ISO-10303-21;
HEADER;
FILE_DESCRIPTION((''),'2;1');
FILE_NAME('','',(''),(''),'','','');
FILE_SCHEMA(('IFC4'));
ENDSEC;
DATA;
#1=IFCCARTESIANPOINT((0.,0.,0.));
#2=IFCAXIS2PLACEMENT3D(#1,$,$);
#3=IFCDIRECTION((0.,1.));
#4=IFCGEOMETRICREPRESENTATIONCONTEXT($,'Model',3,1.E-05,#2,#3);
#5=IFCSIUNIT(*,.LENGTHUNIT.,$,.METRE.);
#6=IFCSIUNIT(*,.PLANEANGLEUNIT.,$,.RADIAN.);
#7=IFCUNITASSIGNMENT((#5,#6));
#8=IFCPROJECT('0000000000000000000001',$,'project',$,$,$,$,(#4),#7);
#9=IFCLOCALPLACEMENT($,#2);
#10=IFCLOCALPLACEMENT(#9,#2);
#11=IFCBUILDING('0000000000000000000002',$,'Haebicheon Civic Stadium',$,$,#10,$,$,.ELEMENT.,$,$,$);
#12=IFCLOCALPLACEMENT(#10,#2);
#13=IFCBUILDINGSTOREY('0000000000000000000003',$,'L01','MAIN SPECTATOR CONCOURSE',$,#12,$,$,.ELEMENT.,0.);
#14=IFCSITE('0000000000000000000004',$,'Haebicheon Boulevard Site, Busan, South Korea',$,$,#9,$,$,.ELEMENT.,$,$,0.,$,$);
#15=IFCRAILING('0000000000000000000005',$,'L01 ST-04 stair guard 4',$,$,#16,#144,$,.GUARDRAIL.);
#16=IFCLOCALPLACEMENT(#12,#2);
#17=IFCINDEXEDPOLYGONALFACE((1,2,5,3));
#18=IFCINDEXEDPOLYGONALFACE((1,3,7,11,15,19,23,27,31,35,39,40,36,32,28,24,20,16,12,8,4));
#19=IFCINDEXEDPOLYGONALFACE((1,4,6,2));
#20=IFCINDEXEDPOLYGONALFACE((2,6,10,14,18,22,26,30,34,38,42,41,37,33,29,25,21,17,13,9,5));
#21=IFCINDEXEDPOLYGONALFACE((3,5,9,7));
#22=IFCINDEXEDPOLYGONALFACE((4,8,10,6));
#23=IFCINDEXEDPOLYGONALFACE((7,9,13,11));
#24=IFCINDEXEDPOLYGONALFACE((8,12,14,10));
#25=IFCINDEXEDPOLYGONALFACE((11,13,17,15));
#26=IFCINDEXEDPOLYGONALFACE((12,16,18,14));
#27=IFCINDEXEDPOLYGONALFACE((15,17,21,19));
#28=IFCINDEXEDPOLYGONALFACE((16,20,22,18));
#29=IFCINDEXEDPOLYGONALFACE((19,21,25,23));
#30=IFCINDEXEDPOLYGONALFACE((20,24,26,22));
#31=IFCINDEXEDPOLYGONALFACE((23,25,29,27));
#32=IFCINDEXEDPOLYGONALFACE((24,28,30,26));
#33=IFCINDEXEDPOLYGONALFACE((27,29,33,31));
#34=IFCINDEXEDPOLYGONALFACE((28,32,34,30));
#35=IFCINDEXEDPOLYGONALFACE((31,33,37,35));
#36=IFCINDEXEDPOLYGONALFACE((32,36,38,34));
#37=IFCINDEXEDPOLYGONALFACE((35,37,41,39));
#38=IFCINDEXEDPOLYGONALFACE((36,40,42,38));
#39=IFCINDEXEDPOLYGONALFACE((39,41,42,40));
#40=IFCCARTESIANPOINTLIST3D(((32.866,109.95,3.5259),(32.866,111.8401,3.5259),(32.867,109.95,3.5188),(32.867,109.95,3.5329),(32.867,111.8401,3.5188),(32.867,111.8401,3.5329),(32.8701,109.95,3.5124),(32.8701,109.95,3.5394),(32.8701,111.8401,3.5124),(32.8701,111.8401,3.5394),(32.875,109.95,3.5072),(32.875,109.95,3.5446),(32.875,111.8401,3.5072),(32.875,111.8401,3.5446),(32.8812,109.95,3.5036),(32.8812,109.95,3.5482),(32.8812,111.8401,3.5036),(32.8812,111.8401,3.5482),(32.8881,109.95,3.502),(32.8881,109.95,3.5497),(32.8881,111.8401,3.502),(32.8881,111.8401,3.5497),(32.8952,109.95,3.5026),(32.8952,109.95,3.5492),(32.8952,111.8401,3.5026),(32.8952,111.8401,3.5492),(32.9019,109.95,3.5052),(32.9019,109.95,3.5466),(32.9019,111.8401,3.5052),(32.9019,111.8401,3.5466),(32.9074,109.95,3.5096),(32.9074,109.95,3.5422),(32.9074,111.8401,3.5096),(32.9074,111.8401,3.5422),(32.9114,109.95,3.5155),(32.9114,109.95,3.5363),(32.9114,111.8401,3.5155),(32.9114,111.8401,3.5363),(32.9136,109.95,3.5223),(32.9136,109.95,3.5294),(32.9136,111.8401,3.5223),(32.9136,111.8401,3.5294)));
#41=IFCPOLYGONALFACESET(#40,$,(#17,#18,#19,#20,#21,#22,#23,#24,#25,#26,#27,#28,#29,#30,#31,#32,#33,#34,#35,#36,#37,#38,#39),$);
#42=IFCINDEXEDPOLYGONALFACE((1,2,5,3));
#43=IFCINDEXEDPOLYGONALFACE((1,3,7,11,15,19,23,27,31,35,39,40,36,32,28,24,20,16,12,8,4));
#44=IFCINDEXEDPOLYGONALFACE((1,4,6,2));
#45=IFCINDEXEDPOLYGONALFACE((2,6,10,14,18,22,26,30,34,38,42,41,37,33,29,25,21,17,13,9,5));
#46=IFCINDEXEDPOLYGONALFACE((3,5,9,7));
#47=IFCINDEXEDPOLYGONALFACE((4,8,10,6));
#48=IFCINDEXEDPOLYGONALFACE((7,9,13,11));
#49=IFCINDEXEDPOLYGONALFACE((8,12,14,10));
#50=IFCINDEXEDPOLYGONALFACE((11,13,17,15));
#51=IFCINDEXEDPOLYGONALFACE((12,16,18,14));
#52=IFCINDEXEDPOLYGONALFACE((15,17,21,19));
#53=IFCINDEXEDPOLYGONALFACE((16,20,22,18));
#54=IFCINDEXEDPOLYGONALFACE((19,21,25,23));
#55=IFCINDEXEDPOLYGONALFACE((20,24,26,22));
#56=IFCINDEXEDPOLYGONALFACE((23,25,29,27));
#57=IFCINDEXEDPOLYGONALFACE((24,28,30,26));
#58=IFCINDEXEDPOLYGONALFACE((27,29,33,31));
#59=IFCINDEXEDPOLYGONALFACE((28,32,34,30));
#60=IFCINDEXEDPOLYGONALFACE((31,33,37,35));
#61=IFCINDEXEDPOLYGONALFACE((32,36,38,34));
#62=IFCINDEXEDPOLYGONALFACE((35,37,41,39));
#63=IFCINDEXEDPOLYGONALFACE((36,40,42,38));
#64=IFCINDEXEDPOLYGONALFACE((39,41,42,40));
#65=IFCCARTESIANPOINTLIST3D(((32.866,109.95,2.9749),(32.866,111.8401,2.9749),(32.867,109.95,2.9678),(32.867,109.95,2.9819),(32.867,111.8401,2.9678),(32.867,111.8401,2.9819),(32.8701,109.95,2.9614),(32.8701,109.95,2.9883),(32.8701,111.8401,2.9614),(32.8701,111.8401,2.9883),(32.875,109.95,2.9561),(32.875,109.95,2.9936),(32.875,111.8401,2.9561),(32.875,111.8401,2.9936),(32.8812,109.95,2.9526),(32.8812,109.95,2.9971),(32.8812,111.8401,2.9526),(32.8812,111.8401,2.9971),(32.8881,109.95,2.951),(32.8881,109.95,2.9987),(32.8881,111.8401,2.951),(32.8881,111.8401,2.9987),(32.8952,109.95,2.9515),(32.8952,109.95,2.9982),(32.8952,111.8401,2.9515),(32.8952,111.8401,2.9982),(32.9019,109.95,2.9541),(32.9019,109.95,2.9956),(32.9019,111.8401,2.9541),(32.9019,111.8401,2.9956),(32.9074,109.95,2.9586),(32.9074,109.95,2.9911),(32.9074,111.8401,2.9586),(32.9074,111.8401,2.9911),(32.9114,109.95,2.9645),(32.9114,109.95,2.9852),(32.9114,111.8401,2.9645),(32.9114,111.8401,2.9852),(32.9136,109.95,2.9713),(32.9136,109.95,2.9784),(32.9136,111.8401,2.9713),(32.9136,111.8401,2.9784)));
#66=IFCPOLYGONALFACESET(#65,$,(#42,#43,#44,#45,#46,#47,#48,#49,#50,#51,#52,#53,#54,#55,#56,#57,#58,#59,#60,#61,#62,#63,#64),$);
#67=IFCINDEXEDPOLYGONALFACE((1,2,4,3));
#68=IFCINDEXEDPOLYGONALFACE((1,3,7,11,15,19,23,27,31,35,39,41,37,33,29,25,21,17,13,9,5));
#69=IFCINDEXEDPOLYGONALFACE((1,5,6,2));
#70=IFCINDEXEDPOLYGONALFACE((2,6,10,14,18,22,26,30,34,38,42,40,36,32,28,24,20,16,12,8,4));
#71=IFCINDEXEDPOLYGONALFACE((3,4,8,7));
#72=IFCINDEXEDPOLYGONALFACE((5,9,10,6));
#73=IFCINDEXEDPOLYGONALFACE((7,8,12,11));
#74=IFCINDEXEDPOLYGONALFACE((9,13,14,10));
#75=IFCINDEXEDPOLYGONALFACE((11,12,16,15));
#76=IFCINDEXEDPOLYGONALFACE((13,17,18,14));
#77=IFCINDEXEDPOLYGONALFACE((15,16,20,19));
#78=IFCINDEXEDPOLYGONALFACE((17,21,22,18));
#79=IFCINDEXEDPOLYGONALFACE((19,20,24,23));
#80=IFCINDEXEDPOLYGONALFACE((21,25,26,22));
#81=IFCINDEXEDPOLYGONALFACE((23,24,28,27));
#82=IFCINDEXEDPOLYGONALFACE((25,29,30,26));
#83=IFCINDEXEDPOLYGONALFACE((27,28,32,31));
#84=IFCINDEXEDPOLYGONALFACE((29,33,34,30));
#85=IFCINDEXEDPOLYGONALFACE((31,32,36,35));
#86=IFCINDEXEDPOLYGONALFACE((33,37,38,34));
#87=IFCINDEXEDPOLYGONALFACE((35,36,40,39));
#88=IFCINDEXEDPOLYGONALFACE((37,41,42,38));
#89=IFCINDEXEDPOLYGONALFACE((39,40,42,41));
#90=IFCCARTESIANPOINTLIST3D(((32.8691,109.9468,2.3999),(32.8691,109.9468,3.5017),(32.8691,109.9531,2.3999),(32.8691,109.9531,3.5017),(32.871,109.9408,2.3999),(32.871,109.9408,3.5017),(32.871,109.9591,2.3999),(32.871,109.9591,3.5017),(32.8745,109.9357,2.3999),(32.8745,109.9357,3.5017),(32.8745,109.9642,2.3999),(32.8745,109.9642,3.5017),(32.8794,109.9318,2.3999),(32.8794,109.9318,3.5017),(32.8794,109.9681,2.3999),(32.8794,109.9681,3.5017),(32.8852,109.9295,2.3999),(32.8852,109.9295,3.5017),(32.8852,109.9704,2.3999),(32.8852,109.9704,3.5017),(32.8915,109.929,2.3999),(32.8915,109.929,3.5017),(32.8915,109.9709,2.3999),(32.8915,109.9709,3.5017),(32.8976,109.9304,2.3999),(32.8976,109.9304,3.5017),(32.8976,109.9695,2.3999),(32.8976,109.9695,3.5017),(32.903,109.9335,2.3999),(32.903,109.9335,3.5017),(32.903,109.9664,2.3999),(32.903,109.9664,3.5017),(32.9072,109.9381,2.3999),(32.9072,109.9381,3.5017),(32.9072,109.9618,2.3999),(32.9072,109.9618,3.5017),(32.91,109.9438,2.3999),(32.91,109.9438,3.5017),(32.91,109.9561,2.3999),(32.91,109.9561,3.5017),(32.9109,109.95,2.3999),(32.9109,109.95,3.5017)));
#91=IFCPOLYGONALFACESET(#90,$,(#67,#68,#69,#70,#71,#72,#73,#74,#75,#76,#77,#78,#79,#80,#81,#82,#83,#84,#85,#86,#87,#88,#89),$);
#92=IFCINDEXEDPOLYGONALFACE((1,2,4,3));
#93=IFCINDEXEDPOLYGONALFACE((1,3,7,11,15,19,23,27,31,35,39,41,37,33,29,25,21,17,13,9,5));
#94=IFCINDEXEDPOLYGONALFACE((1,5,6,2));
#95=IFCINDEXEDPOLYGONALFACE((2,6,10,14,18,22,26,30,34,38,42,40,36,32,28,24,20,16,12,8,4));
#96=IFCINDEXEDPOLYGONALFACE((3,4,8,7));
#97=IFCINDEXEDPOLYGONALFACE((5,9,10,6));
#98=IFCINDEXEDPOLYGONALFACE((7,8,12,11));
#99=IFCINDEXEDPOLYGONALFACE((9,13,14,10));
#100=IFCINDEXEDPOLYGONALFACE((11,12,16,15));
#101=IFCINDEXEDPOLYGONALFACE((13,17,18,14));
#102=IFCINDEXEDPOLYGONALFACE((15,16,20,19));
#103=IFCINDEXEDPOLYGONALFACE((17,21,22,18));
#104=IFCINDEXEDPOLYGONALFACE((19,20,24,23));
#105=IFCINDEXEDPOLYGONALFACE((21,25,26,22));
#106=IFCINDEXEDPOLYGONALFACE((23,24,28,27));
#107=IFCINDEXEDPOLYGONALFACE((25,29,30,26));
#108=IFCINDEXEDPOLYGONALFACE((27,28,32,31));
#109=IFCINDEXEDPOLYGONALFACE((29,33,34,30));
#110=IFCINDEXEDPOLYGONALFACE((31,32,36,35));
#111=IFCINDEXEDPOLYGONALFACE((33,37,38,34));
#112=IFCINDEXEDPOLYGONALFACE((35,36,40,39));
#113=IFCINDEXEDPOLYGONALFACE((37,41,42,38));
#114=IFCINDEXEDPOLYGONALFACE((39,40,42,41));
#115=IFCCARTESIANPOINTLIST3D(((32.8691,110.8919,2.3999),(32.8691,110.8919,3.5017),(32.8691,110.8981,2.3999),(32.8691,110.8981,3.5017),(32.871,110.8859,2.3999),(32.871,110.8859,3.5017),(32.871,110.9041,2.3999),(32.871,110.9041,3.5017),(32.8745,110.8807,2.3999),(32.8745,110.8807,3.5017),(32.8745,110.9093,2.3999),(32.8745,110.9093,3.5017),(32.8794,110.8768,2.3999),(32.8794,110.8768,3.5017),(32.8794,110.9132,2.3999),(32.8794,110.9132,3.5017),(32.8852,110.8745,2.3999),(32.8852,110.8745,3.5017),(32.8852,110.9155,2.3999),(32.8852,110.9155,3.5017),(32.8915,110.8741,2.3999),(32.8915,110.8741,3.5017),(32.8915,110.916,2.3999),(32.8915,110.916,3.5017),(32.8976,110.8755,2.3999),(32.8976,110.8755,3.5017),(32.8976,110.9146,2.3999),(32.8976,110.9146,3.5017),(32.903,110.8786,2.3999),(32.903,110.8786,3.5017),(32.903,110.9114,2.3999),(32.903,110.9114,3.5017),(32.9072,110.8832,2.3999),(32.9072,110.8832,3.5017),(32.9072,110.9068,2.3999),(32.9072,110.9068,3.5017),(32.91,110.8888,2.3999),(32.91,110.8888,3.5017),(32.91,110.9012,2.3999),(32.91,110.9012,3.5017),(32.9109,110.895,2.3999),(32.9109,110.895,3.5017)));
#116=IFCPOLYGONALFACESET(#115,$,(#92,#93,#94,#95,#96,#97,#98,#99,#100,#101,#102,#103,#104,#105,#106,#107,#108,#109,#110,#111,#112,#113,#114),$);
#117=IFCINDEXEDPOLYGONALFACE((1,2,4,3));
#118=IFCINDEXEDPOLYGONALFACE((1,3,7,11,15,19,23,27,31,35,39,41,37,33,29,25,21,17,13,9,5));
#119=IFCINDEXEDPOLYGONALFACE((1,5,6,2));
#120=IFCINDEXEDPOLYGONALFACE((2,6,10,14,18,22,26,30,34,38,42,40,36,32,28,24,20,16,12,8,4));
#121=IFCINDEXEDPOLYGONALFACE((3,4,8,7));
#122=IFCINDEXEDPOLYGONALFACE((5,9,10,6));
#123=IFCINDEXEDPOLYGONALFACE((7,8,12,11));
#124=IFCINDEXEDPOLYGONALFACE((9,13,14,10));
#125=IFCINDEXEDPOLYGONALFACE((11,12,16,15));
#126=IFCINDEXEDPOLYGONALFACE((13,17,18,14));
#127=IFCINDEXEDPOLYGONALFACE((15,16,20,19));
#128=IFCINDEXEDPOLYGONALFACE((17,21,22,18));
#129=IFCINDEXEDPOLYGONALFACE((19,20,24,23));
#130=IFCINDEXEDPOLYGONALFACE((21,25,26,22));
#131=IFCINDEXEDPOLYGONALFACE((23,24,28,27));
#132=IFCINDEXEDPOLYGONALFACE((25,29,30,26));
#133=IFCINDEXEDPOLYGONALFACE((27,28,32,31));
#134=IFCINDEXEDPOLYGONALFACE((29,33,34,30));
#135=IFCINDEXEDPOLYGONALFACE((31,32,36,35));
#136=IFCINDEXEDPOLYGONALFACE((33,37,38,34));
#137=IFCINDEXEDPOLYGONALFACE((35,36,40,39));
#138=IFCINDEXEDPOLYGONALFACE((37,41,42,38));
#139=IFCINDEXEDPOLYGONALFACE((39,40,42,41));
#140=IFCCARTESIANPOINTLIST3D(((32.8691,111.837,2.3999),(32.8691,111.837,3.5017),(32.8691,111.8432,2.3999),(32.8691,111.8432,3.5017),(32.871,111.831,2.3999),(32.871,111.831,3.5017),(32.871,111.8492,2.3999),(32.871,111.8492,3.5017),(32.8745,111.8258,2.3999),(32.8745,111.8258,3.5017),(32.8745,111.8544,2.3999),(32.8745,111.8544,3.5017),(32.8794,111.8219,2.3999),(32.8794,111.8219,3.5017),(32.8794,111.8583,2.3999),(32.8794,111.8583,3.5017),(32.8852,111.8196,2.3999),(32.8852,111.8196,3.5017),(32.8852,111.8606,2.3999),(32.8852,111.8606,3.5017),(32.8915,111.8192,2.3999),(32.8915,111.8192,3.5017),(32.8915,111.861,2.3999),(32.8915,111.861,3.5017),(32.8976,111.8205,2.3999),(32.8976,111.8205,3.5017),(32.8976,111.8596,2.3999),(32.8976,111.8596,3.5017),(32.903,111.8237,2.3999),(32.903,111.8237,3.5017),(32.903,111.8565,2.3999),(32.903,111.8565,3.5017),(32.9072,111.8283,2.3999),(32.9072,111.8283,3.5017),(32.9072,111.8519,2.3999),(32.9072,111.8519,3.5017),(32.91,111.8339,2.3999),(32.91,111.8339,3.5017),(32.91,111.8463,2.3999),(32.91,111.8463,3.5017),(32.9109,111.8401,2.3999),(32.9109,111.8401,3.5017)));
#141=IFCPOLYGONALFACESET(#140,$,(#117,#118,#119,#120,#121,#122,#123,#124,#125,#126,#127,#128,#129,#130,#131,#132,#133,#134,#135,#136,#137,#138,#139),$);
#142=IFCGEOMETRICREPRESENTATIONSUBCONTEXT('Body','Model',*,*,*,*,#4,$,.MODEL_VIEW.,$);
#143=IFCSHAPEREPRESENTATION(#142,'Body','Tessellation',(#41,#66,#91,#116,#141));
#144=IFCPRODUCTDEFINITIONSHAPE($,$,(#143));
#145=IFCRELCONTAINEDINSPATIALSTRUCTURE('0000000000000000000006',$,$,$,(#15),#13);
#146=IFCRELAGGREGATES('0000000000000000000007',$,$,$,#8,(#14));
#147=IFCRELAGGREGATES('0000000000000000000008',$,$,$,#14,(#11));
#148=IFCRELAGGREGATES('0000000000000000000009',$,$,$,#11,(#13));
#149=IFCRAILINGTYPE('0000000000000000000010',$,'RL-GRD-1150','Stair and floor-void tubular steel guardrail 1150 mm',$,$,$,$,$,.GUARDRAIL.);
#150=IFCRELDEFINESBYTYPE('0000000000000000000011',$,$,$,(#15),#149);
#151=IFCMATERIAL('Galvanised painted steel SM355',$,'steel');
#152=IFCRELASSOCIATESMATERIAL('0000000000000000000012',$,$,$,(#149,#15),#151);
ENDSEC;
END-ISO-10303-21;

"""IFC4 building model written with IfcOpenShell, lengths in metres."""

from ifc_helpers import new_model, si_unit, direction, frame, origin, origin_2d, place, context, subcontext, project, spatial, circle, extrude, material, type_object, element, save


model = new_model("IFC4")

# Units and contexts
model_context = context("Model", 3, precision=1e-05, world=origin(), true_north=direction((0.0, 1.0)))
body_context = subcontext(model_context, "Body", "Model", "MODEL_VIEW")
ifc_project = project(units=[si_unit("LENGTHUNIT", "METRE"), si_unit("PLANEANGLEUNIT", "RADIAN")], contexts=[model_context])

# Site, building, storey
site_placement = place(None, origin())
site = spatial("IfcSite", under=ifc_project, at=site_placement, Name="Haebicheon Boulevard Site, Busan, South Korea", CompositionType="ELEMENT", RefElevation=0.0)
building_placement = place(site_placement, origin())
building = spatial("IfcBuilding", under=site, at=building_placement, Name="Haebicheon Civic Stadium", CompositionType="ELEMENT")
storey_placement = place(building_placement, origin())
storey = spatial("IfcBuildingStorey", under=building, at=storey_placement, Name="L01", Description="MAIN SPECTATOR CONCOURSE", CompositionType="ELEMENT", Elevation=0.0)

# Railing
ifc_material_1 = material(Name="Galvanised painted steel SM355", Category="steel")
railing_type_1 = type_object("IfcRailingType", Name="RL-GRD-1150", Description="Stair and floor-void tubular steel guardrail 1150 mm", PredefinedType="GUARDRAIL", material=ifc_material_1)
for number, where, name in (
    (1, (32.8899, 109.95, 2.3999), "L01 ST-04 stair guard 4"),
):
    element("IfcRailing", number, at=place(storey_placement, frame(where)), inside=storey, type_object=railing_type_1, material=ifc_material_1, Name=name, PredefinedType="GUARDRAIL", context=body_context, shape_type="SweptSolid", body=[
        extrude(circle(Radius=0.0239, at=origin_2d()), frame((0.0, 0.0, 1.126), z_axis=(0.0, 1.0, 0.0), x_axis=(-1.0, 0.0, 0.0)), (0.0, 0.0, 1.0), 1.8901),
        extrude(circle(Radius=0.0239, at=origin_2d()), frame((0.0, 0.0, 0.575), z_axis=(0.0, 1.0, 0.0), x_axis=(-1.0, 0.0, 0.0)), (0.0, 0.0, 1.0), 1.8901),
        extrude(circle(Radius=0.021, at=origin_2d()), origin(), (0.0, 0.0, 1.0), 1.1018),
        extrude(circle(Radius=0.021, at=origin_2d()), frame((0.0, 0.9451, 0.0)), (0.0, 0.0, 1.0), 1.1018),
        extrude(circle(Radius=0.021, at=origin_2d()), frame((0.0, 1.8901, 0.0)), (0.0, 0.0, 1.0), 1.1018),
    ])

save(model, "model.ifc")
